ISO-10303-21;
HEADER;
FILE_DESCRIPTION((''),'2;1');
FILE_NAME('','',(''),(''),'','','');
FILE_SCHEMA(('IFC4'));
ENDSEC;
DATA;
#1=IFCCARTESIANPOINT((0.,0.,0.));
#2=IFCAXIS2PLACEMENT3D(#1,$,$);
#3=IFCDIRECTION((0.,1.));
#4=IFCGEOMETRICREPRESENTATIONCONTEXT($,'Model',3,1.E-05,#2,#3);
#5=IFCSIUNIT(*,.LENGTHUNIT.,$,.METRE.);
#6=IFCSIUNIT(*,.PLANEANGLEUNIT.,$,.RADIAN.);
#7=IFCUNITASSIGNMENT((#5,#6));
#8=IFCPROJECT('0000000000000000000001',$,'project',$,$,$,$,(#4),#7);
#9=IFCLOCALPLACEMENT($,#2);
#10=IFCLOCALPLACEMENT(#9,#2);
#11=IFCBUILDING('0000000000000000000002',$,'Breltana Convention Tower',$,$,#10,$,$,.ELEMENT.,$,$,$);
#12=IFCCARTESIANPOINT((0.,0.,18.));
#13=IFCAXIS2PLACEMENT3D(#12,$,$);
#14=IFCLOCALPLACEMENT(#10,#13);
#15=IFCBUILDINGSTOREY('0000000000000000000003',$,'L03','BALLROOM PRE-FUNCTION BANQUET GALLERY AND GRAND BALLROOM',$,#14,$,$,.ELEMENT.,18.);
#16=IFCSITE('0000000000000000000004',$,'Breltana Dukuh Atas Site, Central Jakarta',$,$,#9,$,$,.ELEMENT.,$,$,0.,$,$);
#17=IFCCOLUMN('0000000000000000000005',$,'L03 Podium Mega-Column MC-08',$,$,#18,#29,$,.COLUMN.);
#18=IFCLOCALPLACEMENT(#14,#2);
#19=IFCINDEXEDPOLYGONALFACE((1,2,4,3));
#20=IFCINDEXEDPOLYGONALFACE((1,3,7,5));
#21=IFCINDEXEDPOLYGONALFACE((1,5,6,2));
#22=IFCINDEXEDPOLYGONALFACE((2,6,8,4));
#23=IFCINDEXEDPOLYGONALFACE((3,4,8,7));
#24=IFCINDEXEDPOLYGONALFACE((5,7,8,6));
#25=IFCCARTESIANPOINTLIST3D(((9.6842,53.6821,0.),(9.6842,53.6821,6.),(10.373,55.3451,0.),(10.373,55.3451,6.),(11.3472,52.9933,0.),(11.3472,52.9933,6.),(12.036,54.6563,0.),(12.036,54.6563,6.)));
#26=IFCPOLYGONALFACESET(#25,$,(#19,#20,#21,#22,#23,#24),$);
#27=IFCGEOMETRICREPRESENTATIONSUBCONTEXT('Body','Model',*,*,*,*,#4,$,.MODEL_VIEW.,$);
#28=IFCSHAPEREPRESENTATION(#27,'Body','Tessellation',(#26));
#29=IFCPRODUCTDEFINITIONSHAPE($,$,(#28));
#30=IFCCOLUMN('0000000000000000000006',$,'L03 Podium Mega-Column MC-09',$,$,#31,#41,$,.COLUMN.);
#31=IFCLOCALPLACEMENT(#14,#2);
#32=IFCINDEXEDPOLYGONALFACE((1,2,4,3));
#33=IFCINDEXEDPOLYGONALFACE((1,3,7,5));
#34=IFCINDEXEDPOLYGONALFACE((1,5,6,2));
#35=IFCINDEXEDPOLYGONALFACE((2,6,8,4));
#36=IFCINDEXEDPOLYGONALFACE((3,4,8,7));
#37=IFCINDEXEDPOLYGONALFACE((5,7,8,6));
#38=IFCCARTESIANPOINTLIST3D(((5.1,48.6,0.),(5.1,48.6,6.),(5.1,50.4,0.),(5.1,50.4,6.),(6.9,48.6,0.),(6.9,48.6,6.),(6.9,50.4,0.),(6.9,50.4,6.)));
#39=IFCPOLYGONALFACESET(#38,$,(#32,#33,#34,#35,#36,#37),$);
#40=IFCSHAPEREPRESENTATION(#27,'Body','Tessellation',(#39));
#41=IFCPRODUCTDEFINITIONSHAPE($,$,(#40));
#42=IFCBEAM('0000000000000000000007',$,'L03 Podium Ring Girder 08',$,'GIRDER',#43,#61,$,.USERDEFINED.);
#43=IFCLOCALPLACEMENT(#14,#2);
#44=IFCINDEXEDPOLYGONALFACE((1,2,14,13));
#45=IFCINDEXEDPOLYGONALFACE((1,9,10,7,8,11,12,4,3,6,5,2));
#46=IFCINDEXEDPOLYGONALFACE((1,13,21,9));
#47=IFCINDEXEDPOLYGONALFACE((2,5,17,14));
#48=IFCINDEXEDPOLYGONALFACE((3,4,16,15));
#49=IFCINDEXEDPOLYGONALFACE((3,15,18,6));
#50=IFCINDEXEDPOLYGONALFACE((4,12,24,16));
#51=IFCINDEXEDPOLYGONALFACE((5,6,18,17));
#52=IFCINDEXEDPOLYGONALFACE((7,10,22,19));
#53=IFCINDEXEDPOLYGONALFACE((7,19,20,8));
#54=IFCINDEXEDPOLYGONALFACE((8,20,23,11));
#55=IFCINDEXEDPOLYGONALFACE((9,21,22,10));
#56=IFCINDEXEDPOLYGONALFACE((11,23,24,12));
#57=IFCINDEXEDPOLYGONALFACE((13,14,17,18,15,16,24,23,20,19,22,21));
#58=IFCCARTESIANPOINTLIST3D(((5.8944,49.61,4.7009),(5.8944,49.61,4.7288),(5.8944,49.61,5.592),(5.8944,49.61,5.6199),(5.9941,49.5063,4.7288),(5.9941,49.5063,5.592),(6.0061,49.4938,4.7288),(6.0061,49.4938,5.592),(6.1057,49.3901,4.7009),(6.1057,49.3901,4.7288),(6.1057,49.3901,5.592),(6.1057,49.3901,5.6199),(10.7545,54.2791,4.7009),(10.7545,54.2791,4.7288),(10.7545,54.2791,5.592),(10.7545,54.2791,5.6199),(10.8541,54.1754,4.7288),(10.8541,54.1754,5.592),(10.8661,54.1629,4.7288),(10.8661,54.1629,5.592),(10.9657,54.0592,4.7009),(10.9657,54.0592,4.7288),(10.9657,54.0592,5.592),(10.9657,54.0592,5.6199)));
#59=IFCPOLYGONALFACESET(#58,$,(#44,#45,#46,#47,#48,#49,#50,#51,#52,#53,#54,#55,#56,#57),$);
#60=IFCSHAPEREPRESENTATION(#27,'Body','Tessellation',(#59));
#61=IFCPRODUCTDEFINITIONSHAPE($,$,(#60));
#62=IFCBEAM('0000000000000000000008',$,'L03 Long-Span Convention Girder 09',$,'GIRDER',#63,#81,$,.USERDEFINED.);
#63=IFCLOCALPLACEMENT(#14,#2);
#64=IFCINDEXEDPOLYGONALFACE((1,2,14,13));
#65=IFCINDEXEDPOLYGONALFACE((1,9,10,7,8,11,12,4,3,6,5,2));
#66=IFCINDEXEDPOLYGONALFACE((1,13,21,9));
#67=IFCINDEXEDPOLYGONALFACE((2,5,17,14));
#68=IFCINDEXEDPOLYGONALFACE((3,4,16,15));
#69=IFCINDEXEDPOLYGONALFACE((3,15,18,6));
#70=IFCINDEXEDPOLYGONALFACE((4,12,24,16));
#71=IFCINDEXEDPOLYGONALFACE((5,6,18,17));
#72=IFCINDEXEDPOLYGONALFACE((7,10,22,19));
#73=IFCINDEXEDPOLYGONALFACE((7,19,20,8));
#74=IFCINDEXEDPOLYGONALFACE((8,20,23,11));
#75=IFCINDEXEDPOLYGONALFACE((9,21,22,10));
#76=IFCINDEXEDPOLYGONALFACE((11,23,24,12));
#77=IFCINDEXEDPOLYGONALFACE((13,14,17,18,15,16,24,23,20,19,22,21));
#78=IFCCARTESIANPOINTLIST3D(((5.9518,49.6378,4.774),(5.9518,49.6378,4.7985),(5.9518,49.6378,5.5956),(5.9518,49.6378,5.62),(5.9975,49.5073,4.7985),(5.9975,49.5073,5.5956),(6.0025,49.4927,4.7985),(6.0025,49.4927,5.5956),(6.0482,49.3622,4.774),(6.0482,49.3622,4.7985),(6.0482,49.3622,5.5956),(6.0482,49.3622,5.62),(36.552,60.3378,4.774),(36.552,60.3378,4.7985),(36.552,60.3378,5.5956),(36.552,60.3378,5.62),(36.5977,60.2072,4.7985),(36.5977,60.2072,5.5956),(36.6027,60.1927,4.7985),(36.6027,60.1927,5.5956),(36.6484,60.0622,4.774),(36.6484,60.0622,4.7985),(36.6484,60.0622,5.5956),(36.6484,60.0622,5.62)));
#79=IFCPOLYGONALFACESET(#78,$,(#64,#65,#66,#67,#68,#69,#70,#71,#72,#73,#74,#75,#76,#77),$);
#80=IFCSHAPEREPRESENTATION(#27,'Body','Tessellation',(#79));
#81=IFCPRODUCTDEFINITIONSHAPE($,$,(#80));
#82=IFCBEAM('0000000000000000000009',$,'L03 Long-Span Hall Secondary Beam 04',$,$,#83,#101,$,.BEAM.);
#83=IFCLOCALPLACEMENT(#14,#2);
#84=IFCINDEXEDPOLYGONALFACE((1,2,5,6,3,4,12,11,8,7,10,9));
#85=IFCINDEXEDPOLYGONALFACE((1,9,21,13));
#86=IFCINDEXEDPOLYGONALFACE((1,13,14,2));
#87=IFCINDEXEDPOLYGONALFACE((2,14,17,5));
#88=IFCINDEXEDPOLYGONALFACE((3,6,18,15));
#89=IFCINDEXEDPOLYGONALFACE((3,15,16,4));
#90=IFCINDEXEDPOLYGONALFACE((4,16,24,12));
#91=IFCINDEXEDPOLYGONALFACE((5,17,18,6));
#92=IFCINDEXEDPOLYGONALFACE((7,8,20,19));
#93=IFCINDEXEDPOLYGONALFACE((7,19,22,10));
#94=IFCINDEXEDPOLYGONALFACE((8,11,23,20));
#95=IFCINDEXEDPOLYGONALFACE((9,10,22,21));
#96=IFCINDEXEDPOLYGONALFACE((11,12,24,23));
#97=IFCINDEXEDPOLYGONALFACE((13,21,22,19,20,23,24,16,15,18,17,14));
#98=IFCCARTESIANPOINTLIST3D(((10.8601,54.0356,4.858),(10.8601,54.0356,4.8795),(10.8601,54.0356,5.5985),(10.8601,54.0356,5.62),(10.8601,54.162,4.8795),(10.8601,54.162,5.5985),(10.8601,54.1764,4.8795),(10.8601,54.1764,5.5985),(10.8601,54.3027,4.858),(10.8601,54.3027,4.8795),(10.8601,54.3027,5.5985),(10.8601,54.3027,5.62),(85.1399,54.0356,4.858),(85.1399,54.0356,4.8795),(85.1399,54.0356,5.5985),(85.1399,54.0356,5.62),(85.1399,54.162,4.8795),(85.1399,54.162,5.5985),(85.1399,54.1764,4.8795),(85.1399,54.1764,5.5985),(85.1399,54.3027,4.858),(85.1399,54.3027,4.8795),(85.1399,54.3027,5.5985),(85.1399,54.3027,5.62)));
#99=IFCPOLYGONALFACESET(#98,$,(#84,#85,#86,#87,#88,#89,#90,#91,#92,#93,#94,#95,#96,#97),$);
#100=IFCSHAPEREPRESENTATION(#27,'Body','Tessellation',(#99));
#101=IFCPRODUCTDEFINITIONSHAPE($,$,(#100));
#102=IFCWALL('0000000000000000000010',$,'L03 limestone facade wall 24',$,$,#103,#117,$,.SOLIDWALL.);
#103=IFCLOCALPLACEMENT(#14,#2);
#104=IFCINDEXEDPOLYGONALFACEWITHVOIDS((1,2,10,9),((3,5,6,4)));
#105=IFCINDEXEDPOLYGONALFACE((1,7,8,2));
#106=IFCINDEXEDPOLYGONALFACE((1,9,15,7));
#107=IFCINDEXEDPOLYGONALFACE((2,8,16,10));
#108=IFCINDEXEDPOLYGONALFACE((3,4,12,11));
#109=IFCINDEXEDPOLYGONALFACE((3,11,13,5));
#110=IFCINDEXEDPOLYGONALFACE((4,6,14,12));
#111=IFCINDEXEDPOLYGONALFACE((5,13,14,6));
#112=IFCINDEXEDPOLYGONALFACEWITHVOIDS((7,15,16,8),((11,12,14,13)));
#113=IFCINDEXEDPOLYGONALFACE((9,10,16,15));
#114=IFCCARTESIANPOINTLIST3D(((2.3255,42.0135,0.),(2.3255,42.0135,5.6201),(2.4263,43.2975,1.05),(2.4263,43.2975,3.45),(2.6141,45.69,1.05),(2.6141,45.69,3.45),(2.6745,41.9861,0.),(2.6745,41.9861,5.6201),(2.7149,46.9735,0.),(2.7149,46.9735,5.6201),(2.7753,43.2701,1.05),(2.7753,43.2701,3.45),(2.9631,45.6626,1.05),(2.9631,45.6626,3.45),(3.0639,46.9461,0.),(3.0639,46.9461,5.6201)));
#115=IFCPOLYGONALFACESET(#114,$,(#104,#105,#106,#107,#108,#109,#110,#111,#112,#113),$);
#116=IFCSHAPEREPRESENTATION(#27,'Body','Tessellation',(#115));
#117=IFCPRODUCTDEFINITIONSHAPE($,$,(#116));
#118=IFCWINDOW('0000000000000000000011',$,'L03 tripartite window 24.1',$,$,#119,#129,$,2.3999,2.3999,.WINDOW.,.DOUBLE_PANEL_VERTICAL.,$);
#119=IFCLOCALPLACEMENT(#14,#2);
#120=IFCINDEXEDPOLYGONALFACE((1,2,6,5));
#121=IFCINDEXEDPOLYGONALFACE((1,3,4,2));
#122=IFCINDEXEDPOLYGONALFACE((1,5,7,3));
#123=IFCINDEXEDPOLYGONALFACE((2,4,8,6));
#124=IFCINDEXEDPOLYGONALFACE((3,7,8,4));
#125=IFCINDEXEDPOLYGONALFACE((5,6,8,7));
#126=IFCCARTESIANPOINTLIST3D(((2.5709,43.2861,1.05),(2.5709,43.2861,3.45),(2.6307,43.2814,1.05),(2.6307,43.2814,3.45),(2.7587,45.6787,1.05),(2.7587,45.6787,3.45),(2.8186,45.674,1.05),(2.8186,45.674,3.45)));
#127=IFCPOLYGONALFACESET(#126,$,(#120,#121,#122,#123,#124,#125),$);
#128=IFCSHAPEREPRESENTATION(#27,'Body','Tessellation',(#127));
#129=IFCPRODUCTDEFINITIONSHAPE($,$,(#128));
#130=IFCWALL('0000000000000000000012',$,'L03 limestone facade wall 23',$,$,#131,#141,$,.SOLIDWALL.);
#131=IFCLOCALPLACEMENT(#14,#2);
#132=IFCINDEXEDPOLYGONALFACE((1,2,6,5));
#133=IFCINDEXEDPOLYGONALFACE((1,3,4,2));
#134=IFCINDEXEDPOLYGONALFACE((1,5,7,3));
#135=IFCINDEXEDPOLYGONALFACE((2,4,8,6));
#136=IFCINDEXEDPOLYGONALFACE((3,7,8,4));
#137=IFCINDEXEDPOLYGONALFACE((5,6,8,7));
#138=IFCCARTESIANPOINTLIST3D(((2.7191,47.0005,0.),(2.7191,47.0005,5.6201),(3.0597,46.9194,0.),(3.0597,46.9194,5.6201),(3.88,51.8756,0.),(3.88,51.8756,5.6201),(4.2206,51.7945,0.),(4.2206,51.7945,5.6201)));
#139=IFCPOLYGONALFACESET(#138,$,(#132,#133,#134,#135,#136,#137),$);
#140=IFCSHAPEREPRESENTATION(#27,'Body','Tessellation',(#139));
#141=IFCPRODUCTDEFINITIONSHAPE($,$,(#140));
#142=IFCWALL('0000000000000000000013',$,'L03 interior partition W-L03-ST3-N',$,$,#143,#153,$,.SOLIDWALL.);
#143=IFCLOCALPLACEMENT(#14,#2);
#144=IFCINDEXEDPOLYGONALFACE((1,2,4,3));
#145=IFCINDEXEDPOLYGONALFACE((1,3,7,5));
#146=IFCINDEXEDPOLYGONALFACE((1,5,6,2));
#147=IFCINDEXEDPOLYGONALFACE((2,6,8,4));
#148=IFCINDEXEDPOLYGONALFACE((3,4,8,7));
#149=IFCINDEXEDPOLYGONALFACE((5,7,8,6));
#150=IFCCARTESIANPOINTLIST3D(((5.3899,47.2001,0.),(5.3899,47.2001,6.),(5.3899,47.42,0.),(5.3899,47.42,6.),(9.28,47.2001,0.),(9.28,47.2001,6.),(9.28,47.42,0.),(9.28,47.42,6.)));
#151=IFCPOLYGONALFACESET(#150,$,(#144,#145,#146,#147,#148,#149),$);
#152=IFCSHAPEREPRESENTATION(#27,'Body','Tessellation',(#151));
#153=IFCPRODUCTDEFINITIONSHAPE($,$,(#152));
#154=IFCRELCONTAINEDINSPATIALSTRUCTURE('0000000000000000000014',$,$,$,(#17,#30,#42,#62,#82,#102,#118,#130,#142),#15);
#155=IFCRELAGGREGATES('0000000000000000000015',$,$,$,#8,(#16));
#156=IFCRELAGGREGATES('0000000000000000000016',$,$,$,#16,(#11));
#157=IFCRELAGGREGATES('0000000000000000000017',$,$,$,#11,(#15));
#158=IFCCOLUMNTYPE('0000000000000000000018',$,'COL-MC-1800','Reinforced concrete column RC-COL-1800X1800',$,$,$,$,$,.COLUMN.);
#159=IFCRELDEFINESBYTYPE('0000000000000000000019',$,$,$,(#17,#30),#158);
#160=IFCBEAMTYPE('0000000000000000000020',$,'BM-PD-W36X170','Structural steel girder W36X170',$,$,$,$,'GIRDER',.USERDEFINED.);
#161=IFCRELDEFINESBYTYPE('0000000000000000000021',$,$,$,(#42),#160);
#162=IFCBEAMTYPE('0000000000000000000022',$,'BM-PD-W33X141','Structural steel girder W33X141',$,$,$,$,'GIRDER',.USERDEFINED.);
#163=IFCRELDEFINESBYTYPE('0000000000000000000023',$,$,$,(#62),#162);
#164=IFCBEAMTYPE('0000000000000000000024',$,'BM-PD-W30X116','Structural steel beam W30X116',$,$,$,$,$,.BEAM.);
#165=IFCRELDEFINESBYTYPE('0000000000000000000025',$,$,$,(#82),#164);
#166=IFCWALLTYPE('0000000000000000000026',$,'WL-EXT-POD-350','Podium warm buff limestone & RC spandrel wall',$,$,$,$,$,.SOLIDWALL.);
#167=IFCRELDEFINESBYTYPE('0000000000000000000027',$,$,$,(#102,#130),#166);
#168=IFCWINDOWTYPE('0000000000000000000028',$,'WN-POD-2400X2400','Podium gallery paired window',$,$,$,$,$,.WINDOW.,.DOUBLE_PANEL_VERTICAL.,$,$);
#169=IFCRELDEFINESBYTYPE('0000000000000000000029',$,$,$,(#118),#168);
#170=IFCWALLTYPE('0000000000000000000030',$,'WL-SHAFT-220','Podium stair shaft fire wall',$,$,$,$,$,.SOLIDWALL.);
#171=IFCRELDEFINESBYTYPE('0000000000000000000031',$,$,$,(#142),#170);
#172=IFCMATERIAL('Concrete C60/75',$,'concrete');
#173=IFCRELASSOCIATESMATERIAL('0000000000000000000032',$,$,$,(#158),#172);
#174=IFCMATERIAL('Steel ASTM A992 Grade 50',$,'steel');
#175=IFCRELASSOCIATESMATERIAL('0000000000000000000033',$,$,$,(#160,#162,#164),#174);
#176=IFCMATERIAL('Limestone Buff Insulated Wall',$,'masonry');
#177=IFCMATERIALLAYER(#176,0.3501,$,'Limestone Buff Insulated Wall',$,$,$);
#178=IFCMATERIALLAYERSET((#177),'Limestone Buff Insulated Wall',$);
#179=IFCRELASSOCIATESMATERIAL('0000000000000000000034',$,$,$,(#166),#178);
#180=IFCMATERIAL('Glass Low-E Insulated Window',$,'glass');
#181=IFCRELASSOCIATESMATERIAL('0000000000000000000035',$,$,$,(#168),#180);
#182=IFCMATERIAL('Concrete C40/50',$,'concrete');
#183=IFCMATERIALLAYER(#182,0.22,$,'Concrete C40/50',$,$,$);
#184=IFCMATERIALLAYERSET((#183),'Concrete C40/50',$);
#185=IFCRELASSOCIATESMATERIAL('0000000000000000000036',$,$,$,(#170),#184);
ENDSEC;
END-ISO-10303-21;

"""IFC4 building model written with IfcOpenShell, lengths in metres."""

from ifc_helpers import new_model, si_unit, direction, frame, frame_2d, origin, origin_2d, place, context, subcontext, project, spatial, rectangle, i_section, extrude, source, transform, mapped, material, layer, layer_set, material_profile, profile_set, type_object, type_shapes, element, fill, save


model = new_model("IFC4")

# Units and contexts
model_context = context("Model", 3, precision=1e-05, world=origin(), true_north=direction((0.0, 1.0)))
body_context = subcontext(model_context, "Body", "Model", "MODEL_VIEW")
ifc_project = project(units=[si_unit("LENGTHUNIT", "METRE"), si_unit("PLANEANGLEUNIT", "RADIAN")], contexts=[model_context])

# Site, building, storey
site_placement = place(None, origin())
site = spatial("IfcSite", under=ifc_project, at=site_placement, Name="Breltana Dukuh Atas Site, Central Jakarta", CompositionType="ELEMENT", RefElevation=0.0)
building_placement = place(site_placement, origin())
building = spatial("IfcBuilding", under=site, at=building_placement, Name="Breltana Convention Tower", CompositionType="ELEMENT")
storey_placement = place(building_placement, frame((0.0, 0.0, 18.0)))
storey = spatial("IfcBuildingStorey", under=building, at=storey_placement, Name="L03", Description="BALLROOM PRE-FUNCTION BANQUET GALLERY AND GRAND BALLROOM", CompositionType="ELEMENT", Elevation=18.0)

# Columns
ifc_material_1 = material(Name="Concrete C60/75", Category="concrete")
ifc_material_profile_1 = material_profile(ifc_material_1, rectangle(XDim=1.8, YDim=1.8, at=origin_2d()), Name="RC-COL-1800X1800")
ifc_profile_set_1 = profile_set([ifc_material_profile_1], Name="Concrete C60/75")
column_type = type_object("IfcColumnType", Name="COL-MC-1800", Description="Reinforced concrete column RC-COL-1800X1800", PredefinedType="COLUMN", material=ifc_profile_set_1)
shared_shape_1 = source(origin(), body_context, "Body", "SweptSolid", [
    extrude(rectangle(XDim=1.8, YDim=1.8, at=origin_2d()), origin(), (0.0, 0.0, 1.0), 6.0),
])
type_shapes(column_type, [shared_shape_1])
for number, where, z_axis, x_axis, name in (
    (1, (10.8601, 54.1692, 0.0), (0.0, 0.0, 1.0), (-0.92388, 0.382683, 0.0), "L03 Podium Mega-Column MC-08"),
    (2, (6.0, 49.5, 0.0), (0.0, 0.0, 1.0), (-1.0, 0.0, 0.0), "L03 Podium Mega-Column MC-09"),
):
    element("IfcColumn", number, at=place(storey_placement, frame(where, z_axis=z_axis, x_axis=x_axis)), inside=storey, type_object=column_type, Name=name, PredefinedType="COLUMN", context=body_context, shape_type="MappedRepresentation", body=[
        mapped(shared_shape_1, transform((0.0, 0.0, 0.0), scale=1.0)),
    ])

# Beams
ifc_material_2 = material(Name="Steel ASTM A992 Grade 50", Category="steel")
ifc_material_profile_2 = material_profile(ifc_material_2, i_section(OverallWidth=0.3049, OverallDepth=0.9189, WebThickness=0.0173, FlangeThickness=0.0278, at=origin_2d()), Name="W36X170")
ifc_profile_set_2 = profile_set([ifc_material_profile_2], Name="Steel ASTM A992 Grade 50")
beam_type_1 = type_object("IfcBeamType", Name="BM-PD-W36X170", Description="Structural steel girder W36X170", ElementType="GIRDER", PredefinedType="USERDEFINED", material=ifc_profile_set_2)
shared_shape_2 = source(origin(), body_context, "Body", "SweptSolid", [
    extrude(i_section(OverallWidth=0.3049, OverallDepth=0.9189, WebThickness=0.0173, FlangeThickness=0.0278, at=origin_2d()), origin(), (0.0, 0.0, 1.0), 6.7395),
])
type_shapes(beam_type_1, [shared_shape_2])
beam_1_placement = place(storey_placement, frame((10.8601, 54.1692, 5.1604), z_axis=(-0.721129, -0.692801, 0.0), x_axis=(0.692801, -0.721129, 0.0)))
element("IfcBeam", 3, at=beam_1_placement, inside=storey, type_object=beam_type_1, Name="L03 Podium Ring Girder 08", ObjectType="GIRDER", PredefinedType="USERDEFINED", context=body_context, shape_type="MappedRepresentation", body=[
    mapped(shared_shape_2, transform((0.0, 0.0, 0.0), scale=1.0)),
])
ifc_material_profile_3 = material_profile(ifc_material_2, i_section(OverallWidth=0.292, OverallDepth=0.8459, WebThickness=0.0154, FlangeThickness=0.0244, at=origin_2d()), Name="W33X141")
ifc_profile_set_3 = profile_set([ifc_material_profile_3], Name="Steel ASTM A992 Grade 50")
beam_type_2 = type_object("IfcBeamType", Name="BM-PD-W33X141", Description="Structural steel girder W33X141", ElementType="GIRDER", PredefinedType="USERDEFINED", material=ifc_profile_set_3)
shared_shape_3 = source(origin(), body_context, "Body", "SweptSolid", [
    extrude(i_section(OverallWidth=0.292, OverallDepth=0.8459, WebThickness=0.0154, FlangeThickness=0.0244, at=origin_2d()), origin(), (0.0, 0.0, 1.0), 32.417),
])
type_shapes(beam_type_2, [shared_shape_3])
beam_2_placement = place(storey_placement, frame((6.0, 49.5, 5.197), z_axis=(0.943955, 0.330073, 0.0), x_axis=(-0.330073, 0.943955, 0.0)))
element("IfcBeam", 4, at=beam_2_placement, inside=storey, type_object=beam_type_2, Name="L03 Long-Span Convention Girder 09", ObjectType="GIRDER", PredefinedType="USERDEFINED", context=body_context, shape_type="MappedRepresentation", body=[
    mapped(shared_shape_3, transform((0.0, 0.0, 0.0), scale=1.0)),
])
ifc_material_profile_4 = material_profile(ifc_material_2, i_section(OverallWidth=0.2671, OverallDepth=0.762, WebThickness=0.0144, FlangeThickness=0.0215, at=origin_2d()), Name="W30X116")
ifc_profile_set_4 = profile_set([ifc_material_profile_4], Name="Steel ASTM A992 Grade 50")
beam_type_3 = type_object("IfcBeamType", Name="BM-PD-W30X116", Description="Structural steel beam W30X116", PredefinedType="BEAM", material=ifc_profile_set_4)
shared_shape_4 = source(origin(), body_context, "Body", "SweptSolid", [
    extrude(i_section(OverallWidth=0.2671, OverallDepth=0.762, WebThickness=0.0144, FlangeThickness=0.0215, at=origin_2d()), origin(), (0.0, 0.0, 1.0), 74.2798),
])
type_shapes(beam_type_3, [shared_shape_4])
beam_3_placement = place(storey_placement, frame((10.8601, 54.1692, 5.239), z_axis=(1.0, 0.0, 0.0), x_axis=(0.0, 1.0, 0.0)))
element("IfcBeam", 5, at=beam_3_placement, inside=storey, type_object=beam_type_3, Name="L03 Long-Span Hall Secondary Beam 04", PredefinedType="BEAM", context=body_context, shape_type="MappedRepresentation", body=[
    mapped(shared_shape_4, transform((0.0, 0.0, 0.0), scale=1.0)),
])

# Wall, opening, window
ifc_material_3 = material(Name="Limestone Buff Insulated Wall", Category="masonry")
ifc_layer_1 = layer(ifc_material_3, 0.3501, Name="Limestone Buff Insulated Wall")
ifc_layer_set_1 = layer_set([ifc_layer_1], Name="Limestone Buff Insulated Wall")
wall_type_1 = type_object("IfcWallType", Name="WL-EXT-POD-350", Description="Podium warm buff limestone & RC spandrel wall", PredefinedType="SOLIDWALL", material=ifc_layer_set_1)
shared_shape_5 = source(origin(), body_context, "Body", "SweptSolid", [
    extrude(rectangle(XDim=4.9753, YDim=0.3501, at=frame_2d((2.4878, 0.0))), origin(), (0.0, 0.0, 1.0), 5.6201),
])
wall_1_placement = place(storey_placement, frame((2.8894, 46.96, 0.0), z_axis=(0.0, 0.0, 1.0), x_axis=(-0.078269, -0.996932, 0.0)))
wall_1 = element("IfcWall", 6, at=wall_1_placement, inside=storey, type_object=wall_type_1, Name="L03 limestone facade wall 24", PredefinedType="SOLIDWALL", context=body_context, shape_type="MappedRepresentation", body=[
    mapped(shared_shape_5, transform((0.0, 0.0, 0.0), scale=1.0)),
])
opening_1_placement = place(wall_1_placement, frame((1.2876, 0.0, 1.05)))
opening_1 = element("IfcOpeningElement", 7, at=opening_1_placement, cuts=wall_1, PredefinedType="OPENING", context=body_context, shape_type="SweptSolid", body=[
    extrude(rectangle(XDim=2.3999, YDim=2.3999, at=frame_2d((1.2, 1.2))), frame((0.0, 0.1851, 0.0), z_axis=(0.0, -1.0, 0.0), x_axis=(1.0, 0.0, 0.0)), (0.0, 0.0, 1.0), 0.3701),
])
ifc_material_4 = material(Name="Glass Low-E Insulated Window", Category="glass")
window_type = type_object("IfcWindowType", Name="WN-POD-2400X2400", Description="Podium gallery paired window", PartitioningType="DOUBLE_PANEL_VERTICAL", PredefinedType="WINDOW", material=ifc_material_4)
shared_shape_6 = source(origin(), body_context, "Body", "SweptSolid", [
    extrude(rectangle(XDim=2.3999, YDim=2.3999, at=frame_2d((1.2, 1.2))), frame((0.0, 0.03, 0.0), z_axis=(0.0, -1.0, 0.0), x_axis=(1.0, 0.0, 0.0)), (0.0, 0.0, 1.0), 0.0601),
])
type_shapes(window_type, [shared_shape_6])
window_placement = place(opening_1_placement, origin())
window = element("IfcWindow", 8, at=window_placement, inside=storey, type_object=window_type, Name="L03 tripartite window 24.1", OverallHeight=2.3999, OverallWidth=2.3999, PartitioningType="DOUBLE_PANEL_VERTICAL", PredefinedType="WINDOW", context=body_context, shape_type="MappedRepresentation", body=[
    mapped(shared_shape_6, transform((0.0, 0.0, 0.0), scale=1.0)),
])
fill(opening_1, window)

# Walls
shared_shape_7 = source(origin(), body_context, "Body", "SweptSolid", [
    extrude(rectangle(XDim=5.0115, YDim=0.3501, at=frame_2d((2.5059, 0.0))), origin(), (0.0, 0.0, 1.0), 5.6201),
])
wall_2_placement = place(storey_placement, frame((4.0503, 51.8352, 0.0), z_axis=(0.0, 0.0, 1.0), x_axis=(-0.231642, -0.972801, 0.0)))
element("IfcWall", 9, at=wall_2_placement, inside=storey, type_object=wall_type_1, Name="L03 limestone facade wall 23", PredefinedType="SOLIDWALL", context=body_context, shape_type="MappedRepresentation", body=[
    mapped(shared_shape_7, transform((0.0, 0.0, 0.0), scale=1.0)),
])
ifc_material_5 = material(Name="Concrete C40/50", Category="concrete")
ifc_layer_2 = layer(ifc_material_5, 0.22, Name="Concrete C40/50")
ifc_layer_set_2 = layer_set([ifc_layer_2], Name="Concrete C40/50")
wall_type_2 = type_object("IfcWallType", Name="WL-SHAFT-220", Description="Podium stair shaft fire wall", PredefinedType="SOLIDWALL", material=ifc_layer_set_2)
shared_shape_8 = source(origin(), body_context, "Body", "SweptSolid", [
    extrude(rectangle(XDim=3.8901, YDim=0.22, at=frame_2d((1.9451, 0.0))), origin(), (0.0, 0.0, 1.0), 6.0),
])
wall_3_placement = place(storey_placement, frame((5.3899, 47.3101, 0.0), z_axis=(0.0, 0.0, 1.0), x_axis=(1.0, 0.0, 0.0)))
element("IfcWall", 10, at=wall_3_placement, inside=storey, type_object=wall_type_2, Name="L03 interior partition W-L03-ST3-N", PredefinedType="SOLIDWALL", context=body_context, shape_type="MappedRepresentation", body=[
    mapped(shared_shape_8, transform((0.0, 0.0, 0.0), scale=1.0)),
])

save(model, "model.ifc")
